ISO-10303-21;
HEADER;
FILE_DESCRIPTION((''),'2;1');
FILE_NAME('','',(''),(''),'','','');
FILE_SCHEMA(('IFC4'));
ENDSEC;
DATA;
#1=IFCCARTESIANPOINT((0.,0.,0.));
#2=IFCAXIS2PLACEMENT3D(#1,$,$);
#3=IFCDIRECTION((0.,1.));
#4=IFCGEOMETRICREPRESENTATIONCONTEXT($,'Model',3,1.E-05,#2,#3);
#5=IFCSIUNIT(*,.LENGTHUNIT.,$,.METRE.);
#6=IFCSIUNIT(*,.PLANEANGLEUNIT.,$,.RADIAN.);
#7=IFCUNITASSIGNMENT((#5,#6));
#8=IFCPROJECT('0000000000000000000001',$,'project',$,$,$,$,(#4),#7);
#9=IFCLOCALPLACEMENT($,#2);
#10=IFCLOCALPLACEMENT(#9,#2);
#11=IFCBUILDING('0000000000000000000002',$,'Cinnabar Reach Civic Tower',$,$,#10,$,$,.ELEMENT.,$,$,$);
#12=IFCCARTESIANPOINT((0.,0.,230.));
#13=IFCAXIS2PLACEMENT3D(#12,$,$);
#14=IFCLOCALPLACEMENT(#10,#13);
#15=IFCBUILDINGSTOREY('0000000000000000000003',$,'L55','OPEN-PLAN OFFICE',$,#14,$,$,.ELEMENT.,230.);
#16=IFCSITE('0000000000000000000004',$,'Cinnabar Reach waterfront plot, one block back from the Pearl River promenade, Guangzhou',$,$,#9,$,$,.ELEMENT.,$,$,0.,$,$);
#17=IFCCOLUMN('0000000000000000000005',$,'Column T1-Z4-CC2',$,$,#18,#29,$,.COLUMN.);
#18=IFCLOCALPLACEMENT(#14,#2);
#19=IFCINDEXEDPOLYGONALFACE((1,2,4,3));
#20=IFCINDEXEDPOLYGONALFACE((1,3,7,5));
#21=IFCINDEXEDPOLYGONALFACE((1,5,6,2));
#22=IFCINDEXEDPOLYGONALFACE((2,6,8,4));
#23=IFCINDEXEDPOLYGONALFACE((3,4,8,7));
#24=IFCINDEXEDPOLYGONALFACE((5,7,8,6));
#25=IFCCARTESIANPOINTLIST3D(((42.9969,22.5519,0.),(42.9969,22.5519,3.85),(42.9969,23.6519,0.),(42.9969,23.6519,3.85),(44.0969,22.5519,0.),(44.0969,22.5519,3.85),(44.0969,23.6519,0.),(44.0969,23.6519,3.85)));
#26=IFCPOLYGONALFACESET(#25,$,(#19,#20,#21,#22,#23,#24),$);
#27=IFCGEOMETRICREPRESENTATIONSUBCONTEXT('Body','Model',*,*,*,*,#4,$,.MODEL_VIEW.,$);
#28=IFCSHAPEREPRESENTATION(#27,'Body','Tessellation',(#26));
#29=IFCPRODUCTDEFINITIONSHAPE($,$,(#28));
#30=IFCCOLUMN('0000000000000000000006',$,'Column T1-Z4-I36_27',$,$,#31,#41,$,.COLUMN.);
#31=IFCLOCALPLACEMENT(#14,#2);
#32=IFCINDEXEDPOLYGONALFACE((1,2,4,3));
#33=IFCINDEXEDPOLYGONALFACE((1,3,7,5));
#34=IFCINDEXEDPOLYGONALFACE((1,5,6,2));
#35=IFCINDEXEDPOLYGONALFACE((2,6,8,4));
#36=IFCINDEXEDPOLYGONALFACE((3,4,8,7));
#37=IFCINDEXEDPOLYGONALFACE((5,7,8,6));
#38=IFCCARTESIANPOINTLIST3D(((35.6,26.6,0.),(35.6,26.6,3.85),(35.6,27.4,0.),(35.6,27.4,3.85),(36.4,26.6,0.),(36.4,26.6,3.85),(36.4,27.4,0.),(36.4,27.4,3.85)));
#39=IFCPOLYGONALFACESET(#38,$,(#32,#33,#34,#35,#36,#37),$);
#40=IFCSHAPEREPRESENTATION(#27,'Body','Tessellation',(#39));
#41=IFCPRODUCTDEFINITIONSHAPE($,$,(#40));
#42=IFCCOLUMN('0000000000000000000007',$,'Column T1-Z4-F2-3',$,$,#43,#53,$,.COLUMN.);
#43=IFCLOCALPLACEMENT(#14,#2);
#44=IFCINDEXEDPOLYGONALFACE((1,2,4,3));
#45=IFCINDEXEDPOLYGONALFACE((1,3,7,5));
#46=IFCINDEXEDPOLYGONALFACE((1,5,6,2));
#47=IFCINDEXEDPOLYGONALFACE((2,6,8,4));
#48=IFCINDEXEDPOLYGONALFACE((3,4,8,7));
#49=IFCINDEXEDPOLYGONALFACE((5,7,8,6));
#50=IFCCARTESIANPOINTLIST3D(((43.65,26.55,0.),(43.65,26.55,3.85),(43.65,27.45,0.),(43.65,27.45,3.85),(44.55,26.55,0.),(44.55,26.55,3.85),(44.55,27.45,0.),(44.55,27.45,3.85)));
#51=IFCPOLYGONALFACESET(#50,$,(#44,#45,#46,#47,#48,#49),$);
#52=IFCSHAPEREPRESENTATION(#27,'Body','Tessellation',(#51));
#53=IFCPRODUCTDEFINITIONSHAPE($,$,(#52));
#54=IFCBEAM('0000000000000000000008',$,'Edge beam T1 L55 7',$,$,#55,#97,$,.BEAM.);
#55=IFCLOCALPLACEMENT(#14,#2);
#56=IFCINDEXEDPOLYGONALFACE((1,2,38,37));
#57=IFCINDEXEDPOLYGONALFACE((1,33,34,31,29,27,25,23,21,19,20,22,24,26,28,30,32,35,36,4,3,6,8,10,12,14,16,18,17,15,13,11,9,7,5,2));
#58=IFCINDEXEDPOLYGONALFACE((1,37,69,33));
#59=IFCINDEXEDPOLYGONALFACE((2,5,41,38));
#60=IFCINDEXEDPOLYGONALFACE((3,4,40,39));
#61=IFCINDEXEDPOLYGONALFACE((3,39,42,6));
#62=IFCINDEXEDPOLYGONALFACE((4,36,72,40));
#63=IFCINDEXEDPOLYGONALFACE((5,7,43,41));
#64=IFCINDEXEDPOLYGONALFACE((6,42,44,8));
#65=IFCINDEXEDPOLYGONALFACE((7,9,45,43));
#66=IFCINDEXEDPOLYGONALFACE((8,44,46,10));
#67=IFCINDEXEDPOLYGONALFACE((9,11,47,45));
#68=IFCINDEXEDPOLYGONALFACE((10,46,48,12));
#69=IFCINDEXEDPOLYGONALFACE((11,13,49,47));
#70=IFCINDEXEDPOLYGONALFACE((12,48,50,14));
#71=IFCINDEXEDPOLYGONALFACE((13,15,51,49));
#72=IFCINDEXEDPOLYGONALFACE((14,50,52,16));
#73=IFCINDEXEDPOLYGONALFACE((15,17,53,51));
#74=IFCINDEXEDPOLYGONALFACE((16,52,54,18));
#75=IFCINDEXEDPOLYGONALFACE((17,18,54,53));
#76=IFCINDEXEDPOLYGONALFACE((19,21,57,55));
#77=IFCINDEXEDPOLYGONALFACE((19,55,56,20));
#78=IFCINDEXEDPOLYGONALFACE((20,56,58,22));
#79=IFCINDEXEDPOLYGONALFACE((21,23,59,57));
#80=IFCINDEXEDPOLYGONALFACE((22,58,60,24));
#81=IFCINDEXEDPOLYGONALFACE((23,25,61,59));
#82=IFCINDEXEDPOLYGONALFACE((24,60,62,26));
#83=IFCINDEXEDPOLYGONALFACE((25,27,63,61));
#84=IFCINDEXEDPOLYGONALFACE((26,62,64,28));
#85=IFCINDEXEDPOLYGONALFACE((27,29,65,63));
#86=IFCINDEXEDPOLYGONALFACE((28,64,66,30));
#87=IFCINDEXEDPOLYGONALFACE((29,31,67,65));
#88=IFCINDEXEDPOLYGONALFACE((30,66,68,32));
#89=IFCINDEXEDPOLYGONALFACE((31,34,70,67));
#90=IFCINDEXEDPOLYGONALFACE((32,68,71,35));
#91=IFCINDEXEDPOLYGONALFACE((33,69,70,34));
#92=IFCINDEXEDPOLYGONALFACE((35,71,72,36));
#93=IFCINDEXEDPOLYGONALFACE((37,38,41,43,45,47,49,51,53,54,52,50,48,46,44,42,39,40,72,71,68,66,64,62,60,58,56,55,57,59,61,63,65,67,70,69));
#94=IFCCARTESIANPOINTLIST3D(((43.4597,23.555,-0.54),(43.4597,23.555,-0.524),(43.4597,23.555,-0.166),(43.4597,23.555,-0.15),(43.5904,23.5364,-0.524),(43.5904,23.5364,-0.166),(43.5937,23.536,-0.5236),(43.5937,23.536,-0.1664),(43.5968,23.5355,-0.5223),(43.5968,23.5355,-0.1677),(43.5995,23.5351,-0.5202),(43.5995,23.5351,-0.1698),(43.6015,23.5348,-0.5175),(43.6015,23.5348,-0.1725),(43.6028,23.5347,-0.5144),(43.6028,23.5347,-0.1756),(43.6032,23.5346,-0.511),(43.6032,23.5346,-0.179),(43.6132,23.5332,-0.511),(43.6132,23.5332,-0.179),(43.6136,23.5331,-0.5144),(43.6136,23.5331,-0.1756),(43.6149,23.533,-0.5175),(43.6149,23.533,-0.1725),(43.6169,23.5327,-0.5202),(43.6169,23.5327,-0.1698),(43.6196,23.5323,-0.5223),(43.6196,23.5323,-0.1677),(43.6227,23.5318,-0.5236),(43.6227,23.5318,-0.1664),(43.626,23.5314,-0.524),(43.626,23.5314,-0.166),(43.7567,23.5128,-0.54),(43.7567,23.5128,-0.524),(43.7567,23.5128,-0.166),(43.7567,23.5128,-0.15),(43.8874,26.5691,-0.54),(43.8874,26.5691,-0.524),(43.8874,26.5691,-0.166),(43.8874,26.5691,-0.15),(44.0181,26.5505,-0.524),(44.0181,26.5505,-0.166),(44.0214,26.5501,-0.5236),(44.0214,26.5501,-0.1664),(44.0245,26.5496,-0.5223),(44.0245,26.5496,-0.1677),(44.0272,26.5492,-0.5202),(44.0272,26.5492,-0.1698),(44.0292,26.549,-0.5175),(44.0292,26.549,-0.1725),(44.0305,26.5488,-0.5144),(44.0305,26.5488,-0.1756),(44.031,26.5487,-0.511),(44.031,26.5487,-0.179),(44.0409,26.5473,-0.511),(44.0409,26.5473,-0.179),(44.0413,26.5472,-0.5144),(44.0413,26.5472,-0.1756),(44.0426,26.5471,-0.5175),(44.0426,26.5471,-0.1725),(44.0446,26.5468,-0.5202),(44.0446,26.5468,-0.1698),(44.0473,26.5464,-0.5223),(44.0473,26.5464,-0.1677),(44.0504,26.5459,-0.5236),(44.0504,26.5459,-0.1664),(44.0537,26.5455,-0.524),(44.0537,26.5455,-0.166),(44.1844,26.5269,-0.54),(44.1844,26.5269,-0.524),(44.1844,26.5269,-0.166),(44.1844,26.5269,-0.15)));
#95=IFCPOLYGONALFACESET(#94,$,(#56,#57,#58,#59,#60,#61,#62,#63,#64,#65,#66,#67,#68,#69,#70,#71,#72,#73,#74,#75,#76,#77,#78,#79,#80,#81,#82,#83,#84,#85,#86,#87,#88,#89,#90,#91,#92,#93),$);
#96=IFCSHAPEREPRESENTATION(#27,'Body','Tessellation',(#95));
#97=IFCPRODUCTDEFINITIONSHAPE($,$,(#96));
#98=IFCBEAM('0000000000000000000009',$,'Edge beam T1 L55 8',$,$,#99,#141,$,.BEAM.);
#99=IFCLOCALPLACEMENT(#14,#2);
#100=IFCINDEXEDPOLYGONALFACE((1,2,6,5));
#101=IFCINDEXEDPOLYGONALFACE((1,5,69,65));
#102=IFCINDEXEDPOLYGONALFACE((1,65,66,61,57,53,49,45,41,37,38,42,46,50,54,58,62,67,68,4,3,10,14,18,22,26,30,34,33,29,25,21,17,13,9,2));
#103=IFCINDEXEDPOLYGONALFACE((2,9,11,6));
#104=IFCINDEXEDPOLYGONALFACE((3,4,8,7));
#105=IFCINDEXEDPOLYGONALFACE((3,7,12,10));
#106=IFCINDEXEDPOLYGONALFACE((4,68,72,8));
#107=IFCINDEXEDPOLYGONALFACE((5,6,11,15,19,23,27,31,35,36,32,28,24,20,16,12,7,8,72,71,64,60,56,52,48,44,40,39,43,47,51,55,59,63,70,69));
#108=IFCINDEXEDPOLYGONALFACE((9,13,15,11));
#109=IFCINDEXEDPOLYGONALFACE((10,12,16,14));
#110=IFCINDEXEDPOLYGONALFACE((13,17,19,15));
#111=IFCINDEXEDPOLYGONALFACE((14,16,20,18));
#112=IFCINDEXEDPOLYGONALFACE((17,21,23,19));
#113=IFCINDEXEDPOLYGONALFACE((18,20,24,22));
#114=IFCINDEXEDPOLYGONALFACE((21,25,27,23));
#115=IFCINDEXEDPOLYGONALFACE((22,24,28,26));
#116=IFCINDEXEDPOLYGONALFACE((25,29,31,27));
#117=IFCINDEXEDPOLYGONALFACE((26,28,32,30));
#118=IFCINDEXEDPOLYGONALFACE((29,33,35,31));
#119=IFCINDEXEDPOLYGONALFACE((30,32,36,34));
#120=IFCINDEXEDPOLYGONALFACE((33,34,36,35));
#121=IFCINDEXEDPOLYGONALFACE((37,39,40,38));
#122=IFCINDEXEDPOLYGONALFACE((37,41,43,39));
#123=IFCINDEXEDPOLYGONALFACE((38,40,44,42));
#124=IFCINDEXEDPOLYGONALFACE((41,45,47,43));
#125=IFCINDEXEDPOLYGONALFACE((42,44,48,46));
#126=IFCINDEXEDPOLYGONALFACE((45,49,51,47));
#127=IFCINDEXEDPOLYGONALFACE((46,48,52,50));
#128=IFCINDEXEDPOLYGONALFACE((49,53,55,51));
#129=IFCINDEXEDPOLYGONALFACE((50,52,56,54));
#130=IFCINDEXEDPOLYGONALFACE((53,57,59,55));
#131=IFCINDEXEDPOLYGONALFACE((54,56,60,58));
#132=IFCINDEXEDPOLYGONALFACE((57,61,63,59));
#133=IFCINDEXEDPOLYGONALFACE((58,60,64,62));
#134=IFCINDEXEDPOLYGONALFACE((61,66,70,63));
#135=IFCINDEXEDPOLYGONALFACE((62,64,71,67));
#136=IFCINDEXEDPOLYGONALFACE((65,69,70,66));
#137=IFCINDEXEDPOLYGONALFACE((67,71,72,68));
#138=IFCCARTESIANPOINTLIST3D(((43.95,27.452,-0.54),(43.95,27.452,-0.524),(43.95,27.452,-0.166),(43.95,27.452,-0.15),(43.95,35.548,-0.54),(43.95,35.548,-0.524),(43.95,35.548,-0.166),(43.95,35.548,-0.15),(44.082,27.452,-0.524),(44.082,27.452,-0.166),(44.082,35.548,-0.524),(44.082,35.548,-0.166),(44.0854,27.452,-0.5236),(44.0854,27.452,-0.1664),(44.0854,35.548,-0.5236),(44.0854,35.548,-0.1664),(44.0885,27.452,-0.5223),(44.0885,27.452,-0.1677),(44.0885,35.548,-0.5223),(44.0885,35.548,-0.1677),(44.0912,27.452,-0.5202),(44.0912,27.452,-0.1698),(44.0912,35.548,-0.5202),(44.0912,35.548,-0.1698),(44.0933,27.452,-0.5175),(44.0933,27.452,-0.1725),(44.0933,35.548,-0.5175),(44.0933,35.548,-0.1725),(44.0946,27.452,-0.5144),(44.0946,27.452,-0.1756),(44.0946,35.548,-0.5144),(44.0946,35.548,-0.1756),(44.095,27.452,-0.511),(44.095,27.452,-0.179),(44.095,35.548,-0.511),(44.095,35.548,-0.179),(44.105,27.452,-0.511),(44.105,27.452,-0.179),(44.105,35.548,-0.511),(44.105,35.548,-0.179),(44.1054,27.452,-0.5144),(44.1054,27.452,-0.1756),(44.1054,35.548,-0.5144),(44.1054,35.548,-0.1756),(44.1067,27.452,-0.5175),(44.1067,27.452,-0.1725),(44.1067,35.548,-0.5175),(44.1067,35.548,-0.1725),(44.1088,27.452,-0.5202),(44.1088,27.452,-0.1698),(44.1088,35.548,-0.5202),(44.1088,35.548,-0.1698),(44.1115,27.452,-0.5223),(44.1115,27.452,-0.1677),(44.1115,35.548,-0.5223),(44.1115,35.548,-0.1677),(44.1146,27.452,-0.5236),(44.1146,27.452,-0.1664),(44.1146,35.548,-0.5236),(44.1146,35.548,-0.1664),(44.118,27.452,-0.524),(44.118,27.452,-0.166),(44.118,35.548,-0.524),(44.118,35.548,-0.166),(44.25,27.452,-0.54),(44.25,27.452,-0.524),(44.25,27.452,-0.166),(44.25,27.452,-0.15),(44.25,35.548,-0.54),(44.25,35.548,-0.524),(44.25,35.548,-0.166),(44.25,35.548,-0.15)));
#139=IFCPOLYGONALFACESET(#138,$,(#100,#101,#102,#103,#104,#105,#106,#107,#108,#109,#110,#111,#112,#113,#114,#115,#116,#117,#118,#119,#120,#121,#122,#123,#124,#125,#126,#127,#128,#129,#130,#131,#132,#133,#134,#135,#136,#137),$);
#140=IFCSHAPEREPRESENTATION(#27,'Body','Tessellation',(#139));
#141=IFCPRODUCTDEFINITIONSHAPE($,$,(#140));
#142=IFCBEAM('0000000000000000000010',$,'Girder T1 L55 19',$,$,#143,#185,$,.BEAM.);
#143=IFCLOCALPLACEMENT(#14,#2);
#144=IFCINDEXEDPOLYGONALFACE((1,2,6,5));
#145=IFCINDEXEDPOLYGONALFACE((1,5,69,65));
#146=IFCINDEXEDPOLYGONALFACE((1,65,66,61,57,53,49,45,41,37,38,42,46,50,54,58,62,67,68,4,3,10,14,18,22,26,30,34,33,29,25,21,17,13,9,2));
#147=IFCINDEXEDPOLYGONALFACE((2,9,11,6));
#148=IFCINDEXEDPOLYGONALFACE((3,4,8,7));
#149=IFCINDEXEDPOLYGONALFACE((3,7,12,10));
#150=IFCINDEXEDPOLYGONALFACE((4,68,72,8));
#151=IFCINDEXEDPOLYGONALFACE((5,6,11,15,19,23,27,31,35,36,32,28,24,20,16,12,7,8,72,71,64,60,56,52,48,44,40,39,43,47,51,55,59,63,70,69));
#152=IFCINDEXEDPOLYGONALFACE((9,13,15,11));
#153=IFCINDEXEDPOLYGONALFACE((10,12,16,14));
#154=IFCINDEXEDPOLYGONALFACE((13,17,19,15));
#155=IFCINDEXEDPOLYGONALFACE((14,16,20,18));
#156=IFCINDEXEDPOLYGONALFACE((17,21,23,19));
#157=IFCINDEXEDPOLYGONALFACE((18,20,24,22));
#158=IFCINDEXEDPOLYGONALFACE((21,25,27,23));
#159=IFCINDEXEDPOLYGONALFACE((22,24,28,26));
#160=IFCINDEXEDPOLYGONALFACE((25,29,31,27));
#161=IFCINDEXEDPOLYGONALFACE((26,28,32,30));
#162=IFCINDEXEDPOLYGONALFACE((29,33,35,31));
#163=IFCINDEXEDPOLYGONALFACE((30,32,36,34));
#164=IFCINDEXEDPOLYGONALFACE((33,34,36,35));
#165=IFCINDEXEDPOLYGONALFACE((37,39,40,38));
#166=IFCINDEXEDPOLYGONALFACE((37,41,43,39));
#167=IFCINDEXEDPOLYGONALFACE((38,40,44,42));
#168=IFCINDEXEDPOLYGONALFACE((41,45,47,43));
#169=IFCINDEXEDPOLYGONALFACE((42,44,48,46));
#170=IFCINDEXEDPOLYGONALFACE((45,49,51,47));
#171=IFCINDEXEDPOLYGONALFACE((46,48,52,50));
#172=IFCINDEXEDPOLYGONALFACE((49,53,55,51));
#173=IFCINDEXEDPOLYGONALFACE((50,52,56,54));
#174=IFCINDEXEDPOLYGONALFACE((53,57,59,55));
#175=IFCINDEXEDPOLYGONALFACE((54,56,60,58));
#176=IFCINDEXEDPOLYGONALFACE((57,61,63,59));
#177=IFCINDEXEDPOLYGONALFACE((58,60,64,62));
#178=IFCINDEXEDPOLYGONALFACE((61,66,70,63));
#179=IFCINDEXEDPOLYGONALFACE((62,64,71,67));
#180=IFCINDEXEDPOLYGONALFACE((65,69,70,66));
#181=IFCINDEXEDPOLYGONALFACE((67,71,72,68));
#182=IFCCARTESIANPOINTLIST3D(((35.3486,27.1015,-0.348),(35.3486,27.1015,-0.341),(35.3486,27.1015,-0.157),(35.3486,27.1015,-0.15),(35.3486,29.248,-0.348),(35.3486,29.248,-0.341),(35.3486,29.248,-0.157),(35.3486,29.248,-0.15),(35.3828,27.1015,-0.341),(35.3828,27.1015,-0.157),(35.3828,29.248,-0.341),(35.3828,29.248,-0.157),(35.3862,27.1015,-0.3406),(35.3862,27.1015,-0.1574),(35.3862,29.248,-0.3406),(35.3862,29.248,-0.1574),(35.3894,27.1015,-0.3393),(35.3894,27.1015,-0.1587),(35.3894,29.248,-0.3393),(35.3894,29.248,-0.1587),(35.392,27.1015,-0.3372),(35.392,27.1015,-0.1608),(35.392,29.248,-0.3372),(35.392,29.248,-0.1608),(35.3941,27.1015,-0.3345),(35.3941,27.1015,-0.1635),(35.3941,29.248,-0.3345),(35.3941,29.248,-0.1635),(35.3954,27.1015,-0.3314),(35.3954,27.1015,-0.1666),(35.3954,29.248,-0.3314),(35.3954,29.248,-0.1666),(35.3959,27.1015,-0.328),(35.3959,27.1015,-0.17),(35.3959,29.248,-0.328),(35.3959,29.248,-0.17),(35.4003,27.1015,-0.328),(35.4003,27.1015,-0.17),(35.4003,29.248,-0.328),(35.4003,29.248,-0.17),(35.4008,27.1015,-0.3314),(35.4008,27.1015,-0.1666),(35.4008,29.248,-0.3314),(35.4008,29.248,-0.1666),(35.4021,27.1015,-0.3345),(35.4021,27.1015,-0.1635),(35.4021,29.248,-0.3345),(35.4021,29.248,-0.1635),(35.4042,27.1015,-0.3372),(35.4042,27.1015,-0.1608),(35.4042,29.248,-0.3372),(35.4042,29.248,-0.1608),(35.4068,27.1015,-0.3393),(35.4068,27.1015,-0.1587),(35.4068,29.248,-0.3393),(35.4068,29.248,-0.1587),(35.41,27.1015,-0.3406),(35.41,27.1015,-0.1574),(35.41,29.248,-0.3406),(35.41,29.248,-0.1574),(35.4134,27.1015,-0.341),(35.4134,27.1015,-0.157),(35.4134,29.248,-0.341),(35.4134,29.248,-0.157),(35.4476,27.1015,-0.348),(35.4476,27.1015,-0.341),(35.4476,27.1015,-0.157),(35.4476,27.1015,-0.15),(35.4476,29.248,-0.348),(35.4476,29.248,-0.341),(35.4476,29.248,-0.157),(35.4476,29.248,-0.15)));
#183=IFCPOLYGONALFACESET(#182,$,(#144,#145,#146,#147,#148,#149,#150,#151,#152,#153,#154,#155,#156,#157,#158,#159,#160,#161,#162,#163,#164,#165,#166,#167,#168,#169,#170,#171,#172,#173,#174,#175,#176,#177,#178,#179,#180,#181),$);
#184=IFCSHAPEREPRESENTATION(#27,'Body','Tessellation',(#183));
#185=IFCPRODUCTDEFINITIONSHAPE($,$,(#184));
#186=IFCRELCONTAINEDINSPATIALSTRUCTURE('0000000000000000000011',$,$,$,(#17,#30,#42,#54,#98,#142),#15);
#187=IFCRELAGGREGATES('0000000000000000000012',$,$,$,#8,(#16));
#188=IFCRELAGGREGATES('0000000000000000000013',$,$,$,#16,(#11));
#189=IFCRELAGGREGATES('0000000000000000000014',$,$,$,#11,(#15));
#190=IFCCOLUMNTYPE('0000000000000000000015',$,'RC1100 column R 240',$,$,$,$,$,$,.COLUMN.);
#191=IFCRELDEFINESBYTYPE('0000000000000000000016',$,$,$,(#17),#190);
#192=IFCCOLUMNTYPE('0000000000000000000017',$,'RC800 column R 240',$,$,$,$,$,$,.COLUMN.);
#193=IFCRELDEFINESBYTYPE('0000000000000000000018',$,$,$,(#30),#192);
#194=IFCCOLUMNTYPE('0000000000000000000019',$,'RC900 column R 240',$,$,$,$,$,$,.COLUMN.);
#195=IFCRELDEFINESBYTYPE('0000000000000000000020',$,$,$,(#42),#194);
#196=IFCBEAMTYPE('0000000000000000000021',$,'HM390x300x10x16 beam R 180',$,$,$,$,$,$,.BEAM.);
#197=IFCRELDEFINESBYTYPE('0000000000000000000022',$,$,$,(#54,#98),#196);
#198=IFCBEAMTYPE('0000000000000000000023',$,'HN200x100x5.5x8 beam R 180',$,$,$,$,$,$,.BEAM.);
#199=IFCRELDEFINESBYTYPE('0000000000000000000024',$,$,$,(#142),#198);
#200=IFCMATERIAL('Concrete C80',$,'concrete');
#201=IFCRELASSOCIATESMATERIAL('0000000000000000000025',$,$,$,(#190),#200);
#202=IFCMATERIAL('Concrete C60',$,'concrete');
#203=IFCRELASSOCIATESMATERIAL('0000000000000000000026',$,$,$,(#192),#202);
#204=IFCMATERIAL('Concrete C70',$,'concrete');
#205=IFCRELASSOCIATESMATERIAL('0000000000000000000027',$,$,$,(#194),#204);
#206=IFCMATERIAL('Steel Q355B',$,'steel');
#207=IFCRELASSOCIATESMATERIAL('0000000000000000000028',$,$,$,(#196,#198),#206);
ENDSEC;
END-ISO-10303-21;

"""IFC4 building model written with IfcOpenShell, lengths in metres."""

from ifc_helpers import new_model, si_unit, direction, frame, origin, origin_2d, place, context, subcontext, project, spatial, rectangle, i_section, extrude, material, material_profile, profile_set, type_object, element, save


model = new_model("IFC4")

# Units and contexts
model_context = context("Model", 3, precision=1e-05, world=origin(), true_north=direction((0.0, 1.0)))
body_context = subcontext(model_context, "Body", "Model", "MODEL_VIEW")
ifc_project = project(units=[si_unit("LENGTHUNIT", "METRE"), si_unit("PLANEANGLEUNIT", "RADIAN")], contexts=[model_context])

# Site, building, storey
site_placement = place(None, origin())
site = spatial("IfcSite", under=ifc_project, at=site_placement, Name="Cinnabar Reach waterfront plot, one block back from the Pearl River promenade, Guangzhou", CompositionType="ELEMENT", RefElevation=0.0)
building_placement = place(site_placement, origin())
building = spatial("IfcBuilding", under=site, at=building_placement, Name="Cinnabar Reach Civic Tower", CompositionType="ELEMENT")
storey_placement = place(building_placement, frame((0.0, 0.0, 230.0)))
storey = spatial("IfcBuildingStorey", under=building, at=storey_placement, Name="L55", Description="OPEN-PLAN OFFICE", CompositionType="ELEMENT", Elevation=230.0)

# Columns
ifc_material_1 = material(Name="Concrete C80", Category="concrete")
ifc_material_profile_1 = material_profile(ifc_material_1, rectangle(XDim=1.1, YDim=1.1, at=origin_2d()), Name="RC1100")
ifc_profile_set_1 = profile_set([ifc_material_profile_1], Name="Concrete C80")
column_type_1 = type_object("IfcColumnType", Name="RC1100 column R 240", PredefinedType="COLUMN", material=ifc_profile_set_1)
column_1_placement = place(storey_placement, frame((43.5469, 23.1019, 0.0), z_axis=(0.0, 0.0, 1.0), x_axis=(1.0, 0.0, 0.0)))
element("IfcColumn", 1, at=column_1_placement, inside=storey, type_object=column_type_1, Name="Column T1-Z4-CC2", PredefinedType="COLUMN", context=body_context, shape_type="SweptSolid", body=[
    extrude(rectangle(XDim=1.1, YDim=1.1, at=origin_2d()), origin(), (0.0, 0.0, 1.0), 3.85),
])
ifc_material_2 = material(Name="Concrete C60", Category="concrete")
ifc_material_profile_2 = material_profile(ifc_material_2, rectangle(XDim=0.8, YDim=0.8, at=origin_2d()), Name="RC800")
ifc_profile_set_2 = profile_set([ifc_material_profile_2], Name="Concrete C60")
column_type_2 = type_object("IfcColumnType", Name="RC800 column R 240", PredefinedType="COLUMN", material=ifc_profile_set_2)
column_2_placement = place(storey_placement, frame((36.0, 27.0, 0.0), z_axis=(0.0, 0.0, 1.0), x_axis=(1.0, 0.0, 0.0)))
element("IfcColumn", 2, at=column_2_placement, inside=storey, type_object=column_type_2, Name="Column T1-Z4-I36_27", PredefinedType="COLUMN", context=body_context, shape_type="SweptSolid", body=[
    extrude(rectangle(XDim=0.8, YDim=0.8, at=origin_2d()), origin(), (0.0, 0.0, 1.0), 3.85),
])
ifc_material_3 = material(Name="Concrete C70", Category="concrete")
ifc_material_profile_3 = material_profile(ifc_material_3, rectangle(XDim=0.9, YDim=0.9, at=origin_2d()), Name="RC900")
ifc_profile_set_3 = profile_set([ifc_material_profile_3], Name="Concrete C70")
column_type_3 = type_object("IfcColumnType", Name="RC900 column R 240", PredefinedType="COLUMN", material=ifc_profile_set_3)
column_3_placement = place(storey_placement, frame((44.1, 27.0, 0.0), z_axis=(0.0, 0.0, 1.0), x_axis=(1.0, 0.0, 0.0)))
element("IfcColumn", 3, at=column_3_placement, inside=storey, type_object=column_type_3, Name="Column T1-Z4-F2-3", PredefinedType="COLUMN", context=body_context, shape_type="SweptSolid", body=[
    extrude(rectangle(XDim=0.9, YDim=0.9, at=origin_2d()), origin(), (0.0, 0.0, 1.0), 3.85),
])

# Beams
ifc_material_4 = material(Name="Steel Q355B", Category="steel")
ifc_material_profile_4 = material_profile(ifc_material_4, i_section(OverallWidth=0.3, OverallDepth=0.39, WebThickness=0.01, FlangeThickness=0.016, FilletRadius=0.013, at=origin_2d()), Name="HM390x300x10x16")
ifc_profile_set_4 = profile_set([ifc_material_profile_4], Name="Steel Q355B")
beam_type_1 = type_object("IfcBeamType", Name="HM390x300x10x16 beam R 180", PredefinedType="BEAM", material=ifc_profile_set_4)
beam_1_placement = place(storey_placement, frame((43.6082, 23.5339, -0.345), z_axis=(0.140492, 0.990082, 0.0), x_axis=(-0.990082, 0.140492, 0.0)))
element("IfcBeam", 4, at=beam_1_placement, inside=storey, type_object=beam_type_1, Name="Edge beam T1 L55 7", PredefinedType="BEAM", context=body_context, shape_type="SweptSolid", body=[
    extrude(i_section(OverallWidth=0.3, OverallDepth=0.39, WebThickness=0.01, FlangeThickness=0.016, FilletRadius=0.013, at=origin_2d()), origin(), (0.0, 0.0, 1.0), 3.0443),
])
beam_2_placement = place(storey_placement, frame((44.1, 27.452, -0.345), z_axis=(0.0, 1.0, 0.0), x_axis=(-1.0, 0.0, 0.0)))
element("IfcBeam", 5, at=beam_2_placement, inside=storey, type_object=beam_type_1, Name="Edge beam T1 L55 8", PredefinedType="BEAM", context=body_context, shape_type="SweptSolid", body=[
    extrude(i_section(OverallWidth=0.3, OverallDepth=0.39, WebThickness=0.01, FlangeThickness=0.016, FilletRadius=0.013, at=origin_2d()), origin(), (0.0, 0.0, 1.0), 8.096),
])
ifc_material_profile_5 = material_profile(ifc_material_4, i_section(OverallWidth=0.099, OverallDepth=0.198, WebThickness=0.0045, FlangeThickness=0.007, FilletRadius=0.013, at=origin_2d()), Name="HN200x100x5.5x8")
ifc_profile_set_5 = profile_set([ifc_material_profile_5], Name="Steel Q355B")
beam_type_2 = type_object("IfcBeamType", Name="HN200x100x5.5x8 beam R 180", PredefinedType="BEAM", material=ifc_profile_set_5)
beam_3_placement = place(storey_placement, frame((35.3981, 27.1015, -0.249), z_axis=(0.0, 1.0, 0.0), x_axis=(-1.0, 0.0, 0.0)))
element("IfcBeam", 6, at=beam_3_placement, inside=storey, type_object=beam_type_2, Name="Girder T1 L55 19", PredefinedType="BEAM", context=body_context, shape_type="SweptSolid", body=[
    extrude(i_section(OverallWidth=0.099, OverallDepth=0.198, WebThickness=0.0045, FlangeThickness=0.007, FilletRadius=0.013, at=origin_2d()), origin(), (0.0, 0.0, 1.0), 2.1465),
])

save(model, "model.ifc")
